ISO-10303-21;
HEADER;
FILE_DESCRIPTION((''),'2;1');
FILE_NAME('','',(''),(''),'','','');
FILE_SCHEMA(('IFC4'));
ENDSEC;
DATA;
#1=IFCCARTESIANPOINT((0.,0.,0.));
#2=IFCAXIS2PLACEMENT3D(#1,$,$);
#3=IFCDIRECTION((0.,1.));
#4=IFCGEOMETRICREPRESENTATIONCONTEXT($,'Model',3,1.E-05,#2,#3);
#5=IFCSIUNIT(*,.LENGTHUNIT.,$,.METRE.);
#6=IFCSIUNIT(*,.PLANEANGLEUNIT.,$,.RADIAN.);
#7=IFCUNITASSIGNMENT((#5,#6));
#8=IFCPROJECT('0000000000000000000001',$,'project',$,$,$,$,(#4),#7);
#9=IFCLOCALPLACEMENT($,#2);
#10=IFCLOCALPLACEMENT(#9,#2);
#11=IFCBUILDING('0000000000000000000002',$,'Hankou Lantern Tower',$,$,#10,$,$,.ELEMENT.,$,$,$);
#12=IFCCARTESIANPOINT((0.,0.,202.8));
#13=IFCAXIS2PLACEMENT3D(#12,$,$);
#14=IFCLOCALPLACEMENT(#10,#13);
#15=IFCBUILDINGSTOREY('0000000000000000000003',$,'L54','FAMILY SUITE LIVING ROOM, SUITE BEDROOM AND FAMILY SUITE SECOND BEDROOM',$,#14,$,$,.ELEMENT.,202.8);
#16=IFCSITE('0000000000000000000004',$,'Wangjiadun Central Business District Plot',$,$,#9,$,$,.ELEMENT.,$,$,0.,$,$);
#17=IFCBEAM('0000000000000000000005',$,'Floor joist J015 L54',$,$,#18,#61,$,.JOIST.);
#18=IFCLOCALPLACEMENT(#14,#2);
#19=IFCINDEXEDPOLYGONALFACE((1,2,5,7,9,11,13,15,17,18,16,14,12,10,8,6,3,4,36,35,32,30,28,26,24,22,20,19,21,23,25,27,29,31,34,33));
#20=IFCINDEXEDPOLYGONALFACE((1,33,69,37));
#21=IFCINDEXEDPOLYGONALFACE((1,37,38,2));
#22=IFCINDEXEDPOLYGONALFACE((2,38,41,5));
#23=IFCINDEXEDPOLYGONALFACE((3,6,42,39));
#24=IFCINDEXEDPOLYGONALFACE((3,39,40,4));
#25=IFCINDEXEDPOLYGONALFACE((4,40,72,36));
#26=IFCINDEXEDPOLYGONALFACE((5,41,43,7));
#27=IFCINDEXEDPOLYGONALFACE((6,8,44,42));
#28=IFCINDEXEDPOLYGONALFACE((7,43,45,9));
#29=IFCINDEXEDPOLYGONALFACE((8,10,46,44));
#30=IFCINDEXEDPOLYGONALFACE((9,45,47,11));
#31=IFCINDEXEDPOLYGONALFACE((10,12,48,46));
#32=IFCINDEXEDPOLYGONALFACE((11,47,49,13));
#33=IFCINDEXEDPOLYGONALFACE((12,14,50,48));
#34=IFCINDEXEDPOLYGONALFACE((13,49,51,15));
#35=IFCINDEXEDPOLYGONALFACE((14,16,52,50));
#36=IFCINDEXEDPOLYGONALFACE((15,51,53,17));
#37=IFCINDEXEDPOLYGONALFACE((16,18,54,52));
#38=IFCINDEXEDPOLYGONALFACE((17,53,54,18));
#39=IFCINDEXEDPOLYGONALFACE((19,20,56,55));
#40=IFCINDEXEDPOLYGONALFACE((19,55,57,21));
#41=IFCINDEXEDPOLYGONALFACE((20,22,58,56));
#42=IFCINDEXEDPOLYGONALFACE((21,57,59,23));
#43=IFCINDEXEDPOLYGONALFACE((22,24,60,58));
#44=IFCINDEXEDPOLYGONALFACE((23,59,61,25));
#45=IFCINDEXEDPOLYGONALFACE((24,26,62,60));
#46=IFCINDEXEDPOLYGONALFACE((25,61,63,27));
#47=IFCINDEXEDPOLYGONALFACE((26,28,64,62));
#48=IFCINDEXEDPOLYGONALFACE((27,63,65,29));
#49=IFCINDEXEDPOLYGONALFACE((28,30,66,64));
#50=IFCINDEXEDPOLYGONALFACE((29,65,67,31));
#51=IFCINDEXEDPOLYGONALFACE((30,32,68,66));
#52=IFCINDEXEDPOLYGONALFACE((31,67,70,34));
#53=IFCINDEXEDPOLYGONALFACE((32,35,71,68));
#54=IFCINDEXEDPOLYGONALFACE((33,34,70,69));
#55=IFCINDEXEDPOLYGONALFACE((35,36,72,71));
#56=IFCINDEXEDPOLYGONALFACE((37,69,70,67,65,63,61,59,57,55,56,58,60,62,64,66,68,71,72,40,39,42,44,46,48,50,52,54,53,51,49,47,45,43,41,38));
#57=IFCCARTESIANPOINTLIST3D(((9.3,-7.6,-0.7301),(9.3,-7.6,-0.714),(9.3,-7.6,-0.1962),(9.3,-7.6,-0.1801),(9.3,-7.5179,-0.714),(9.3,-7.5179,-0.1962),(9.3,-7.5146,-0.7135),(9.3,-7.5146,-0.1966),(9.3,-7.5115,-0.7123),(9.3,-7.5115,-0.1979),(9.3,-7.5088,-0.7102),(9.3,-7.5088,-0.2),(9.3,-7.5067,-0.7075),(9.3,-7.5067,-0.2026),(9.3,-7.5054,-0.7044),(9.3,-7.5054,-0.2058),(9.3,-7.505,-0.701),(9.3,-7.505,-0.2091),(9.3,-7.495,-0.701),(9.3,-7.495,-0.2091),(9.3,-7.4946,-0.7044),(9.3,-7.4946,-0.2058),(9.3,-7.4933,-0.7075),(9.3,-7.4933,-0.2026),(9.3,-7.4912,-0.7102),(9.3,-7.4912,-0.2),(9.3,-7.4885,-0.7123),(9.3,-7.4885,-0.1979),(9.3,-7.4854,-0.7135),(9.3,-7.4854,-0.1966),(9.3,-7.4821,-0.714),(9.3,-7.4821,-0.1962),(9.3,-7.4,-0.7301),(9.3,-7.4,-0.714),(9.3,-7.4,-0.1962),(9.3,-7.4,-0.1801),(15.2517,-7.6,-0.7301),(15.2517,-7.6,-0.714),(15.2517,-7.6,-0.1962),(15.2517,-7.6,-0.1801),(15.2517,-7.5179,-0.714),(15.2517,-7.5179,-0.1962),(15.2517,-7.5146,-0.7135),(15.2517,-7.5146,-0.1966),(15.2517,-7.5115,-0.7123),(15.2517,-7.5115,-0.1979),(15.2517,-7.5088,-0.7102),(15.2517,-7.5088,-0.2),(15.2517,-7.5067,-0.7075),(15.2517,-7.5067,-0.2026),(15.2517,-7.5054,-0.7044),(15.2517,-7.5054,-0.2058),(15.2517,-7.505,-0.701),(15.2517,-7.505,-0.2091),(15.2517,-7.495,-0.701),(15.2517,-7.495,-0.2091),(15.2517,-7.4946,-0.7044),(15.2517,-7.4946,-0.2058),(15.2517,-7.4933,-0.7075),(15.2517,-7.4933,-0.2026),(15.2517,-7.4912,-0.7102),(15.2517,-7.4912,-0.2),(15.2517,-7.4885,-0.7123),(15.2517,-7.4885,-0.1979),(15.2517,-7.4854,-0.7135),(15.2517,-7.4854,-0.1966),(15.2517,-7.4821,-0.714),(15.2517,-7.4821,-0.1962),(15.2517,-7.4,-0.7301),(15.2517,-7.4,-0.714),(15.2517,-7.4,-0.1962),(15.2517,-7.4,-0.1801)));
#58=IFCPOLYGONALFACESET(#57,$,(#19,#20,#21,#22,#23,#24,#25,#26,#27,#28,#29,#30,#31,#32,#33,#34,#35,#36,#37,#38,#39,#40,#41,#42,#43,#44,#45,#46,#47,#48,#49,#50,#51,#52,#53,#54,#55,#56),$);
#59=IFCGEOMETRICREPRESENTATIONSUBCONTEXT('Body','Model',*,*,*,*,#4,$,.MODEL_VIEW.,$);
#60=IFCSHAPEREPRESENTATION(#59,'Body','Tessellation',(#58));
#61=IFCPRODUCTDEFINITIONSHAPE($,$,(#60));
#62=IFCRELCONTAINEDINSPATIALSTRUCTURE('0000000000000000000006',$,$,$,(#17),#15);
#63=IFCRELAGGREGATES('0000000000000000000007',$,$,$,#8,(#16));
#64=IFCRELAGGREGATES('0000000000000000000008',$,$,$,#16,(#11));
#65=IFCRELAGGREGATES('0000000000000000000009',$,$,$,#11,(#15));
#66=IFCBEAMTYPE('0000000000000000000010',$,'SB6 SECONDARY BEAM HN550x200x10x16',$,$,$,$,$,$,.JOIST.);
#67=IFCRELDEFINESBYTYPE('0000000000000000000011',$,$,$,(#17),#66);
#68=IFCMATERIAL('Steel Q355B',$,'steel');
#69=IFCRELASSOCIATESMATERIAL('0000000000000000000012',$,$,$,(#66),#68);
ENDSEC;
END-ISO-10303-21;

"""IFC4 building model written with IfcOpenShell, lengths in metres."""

from ifc_helpers import new_model, si_unit, direction, frame, origin, origin_2d, place, context, subcontext, project, spatial, i_section, extrude, material, material_profile, profile_set, type_object, element, save


model = new_model("IFC4")

# Units and contexts
model_context = context("Model", 3, precision=1e-05, world=origin(), true_north=direction((0.0, 1.0)))
body_context = subcontext(model_context, "Body", "Model", "MODEL_VIEW")
ifc_project = project(units=[si_unit("LENGTHUNIT", "METRE"), si_unit("PLANEANGLEUNIT", "RADIAN")], contexts=[model_context])

# Site, building, storey
site_placement = place(None, origin())
site = spatial("IfcSite", under=ifc_project, at=site_placement, Name="Wangjiadun Central Business District Plot", CompositionType="ELEMENT", RefElevation=0.0)
building_placement = place(site_placement, origin())
building = spatial("IfcBuilding", under=site, at=building_placement, Name="Hankou Lantern Tower", CompositionType="ELEMENT")
storey_placement = place(building_placement, frame((0.0, 0.0, 202.8)))
storey = spatial("IfcBuildingStorey", under=building, at=storey_placement, Name="L54", Description="FAMILY SUITE LIVING ROOM, SUITE BEDROOM AND FAMILY SUITE SECOND BEDROOM", CompositionType="ELEMENT", Elevation=202.8)

# Beam
ifc_material_1 = material(Name="Steel Q355B", Category="steel")
ifc_material_profile_1 = material_profile(ifc_material_1, i_section(OverallWidth=0.2, OverallDepth=0.55, WebThickness=0.01, FlangeThickness=0.0161, FilletRadius=0.0129, at=origin_2d()), Name="HN550x200x10x16")
ifc_profile_set_1 = profile_set([ifc_material_profile_1], Name="Steel Q355B")
beam_type_1 = type_object("IfcBeamType", Name="SB6 SECONDARY BEAM HN550x200x10x16", PredefinedType="JOIST", material=ifc_profile_set_1)
beam_1_placement = place(storey_placement, frame((9.3, -7.5, -0.4551), z_axis=(1.0, 0.0, 0.0), x_axis=(0.0, 1.0, 0.0)))
element("IfcBeam", 1, at=beam_1_placement, inside=storey, type_object=beam_type_1, Name="Floor joist J015 L54", PredefinedType="JOIST", context=body_context, shape_type="SweptSolid", body=[
    extrude(i_section(OverallWidth=0.2, OverallDepth=0.55, WebThickness=0.01, FlangeThickness=0.0161, FilletRadius=0.0129, at=origin_2d()), origin(), (0.0, 0.0, 1.0), 5.9517),
])

save(model, "model.ifc")
